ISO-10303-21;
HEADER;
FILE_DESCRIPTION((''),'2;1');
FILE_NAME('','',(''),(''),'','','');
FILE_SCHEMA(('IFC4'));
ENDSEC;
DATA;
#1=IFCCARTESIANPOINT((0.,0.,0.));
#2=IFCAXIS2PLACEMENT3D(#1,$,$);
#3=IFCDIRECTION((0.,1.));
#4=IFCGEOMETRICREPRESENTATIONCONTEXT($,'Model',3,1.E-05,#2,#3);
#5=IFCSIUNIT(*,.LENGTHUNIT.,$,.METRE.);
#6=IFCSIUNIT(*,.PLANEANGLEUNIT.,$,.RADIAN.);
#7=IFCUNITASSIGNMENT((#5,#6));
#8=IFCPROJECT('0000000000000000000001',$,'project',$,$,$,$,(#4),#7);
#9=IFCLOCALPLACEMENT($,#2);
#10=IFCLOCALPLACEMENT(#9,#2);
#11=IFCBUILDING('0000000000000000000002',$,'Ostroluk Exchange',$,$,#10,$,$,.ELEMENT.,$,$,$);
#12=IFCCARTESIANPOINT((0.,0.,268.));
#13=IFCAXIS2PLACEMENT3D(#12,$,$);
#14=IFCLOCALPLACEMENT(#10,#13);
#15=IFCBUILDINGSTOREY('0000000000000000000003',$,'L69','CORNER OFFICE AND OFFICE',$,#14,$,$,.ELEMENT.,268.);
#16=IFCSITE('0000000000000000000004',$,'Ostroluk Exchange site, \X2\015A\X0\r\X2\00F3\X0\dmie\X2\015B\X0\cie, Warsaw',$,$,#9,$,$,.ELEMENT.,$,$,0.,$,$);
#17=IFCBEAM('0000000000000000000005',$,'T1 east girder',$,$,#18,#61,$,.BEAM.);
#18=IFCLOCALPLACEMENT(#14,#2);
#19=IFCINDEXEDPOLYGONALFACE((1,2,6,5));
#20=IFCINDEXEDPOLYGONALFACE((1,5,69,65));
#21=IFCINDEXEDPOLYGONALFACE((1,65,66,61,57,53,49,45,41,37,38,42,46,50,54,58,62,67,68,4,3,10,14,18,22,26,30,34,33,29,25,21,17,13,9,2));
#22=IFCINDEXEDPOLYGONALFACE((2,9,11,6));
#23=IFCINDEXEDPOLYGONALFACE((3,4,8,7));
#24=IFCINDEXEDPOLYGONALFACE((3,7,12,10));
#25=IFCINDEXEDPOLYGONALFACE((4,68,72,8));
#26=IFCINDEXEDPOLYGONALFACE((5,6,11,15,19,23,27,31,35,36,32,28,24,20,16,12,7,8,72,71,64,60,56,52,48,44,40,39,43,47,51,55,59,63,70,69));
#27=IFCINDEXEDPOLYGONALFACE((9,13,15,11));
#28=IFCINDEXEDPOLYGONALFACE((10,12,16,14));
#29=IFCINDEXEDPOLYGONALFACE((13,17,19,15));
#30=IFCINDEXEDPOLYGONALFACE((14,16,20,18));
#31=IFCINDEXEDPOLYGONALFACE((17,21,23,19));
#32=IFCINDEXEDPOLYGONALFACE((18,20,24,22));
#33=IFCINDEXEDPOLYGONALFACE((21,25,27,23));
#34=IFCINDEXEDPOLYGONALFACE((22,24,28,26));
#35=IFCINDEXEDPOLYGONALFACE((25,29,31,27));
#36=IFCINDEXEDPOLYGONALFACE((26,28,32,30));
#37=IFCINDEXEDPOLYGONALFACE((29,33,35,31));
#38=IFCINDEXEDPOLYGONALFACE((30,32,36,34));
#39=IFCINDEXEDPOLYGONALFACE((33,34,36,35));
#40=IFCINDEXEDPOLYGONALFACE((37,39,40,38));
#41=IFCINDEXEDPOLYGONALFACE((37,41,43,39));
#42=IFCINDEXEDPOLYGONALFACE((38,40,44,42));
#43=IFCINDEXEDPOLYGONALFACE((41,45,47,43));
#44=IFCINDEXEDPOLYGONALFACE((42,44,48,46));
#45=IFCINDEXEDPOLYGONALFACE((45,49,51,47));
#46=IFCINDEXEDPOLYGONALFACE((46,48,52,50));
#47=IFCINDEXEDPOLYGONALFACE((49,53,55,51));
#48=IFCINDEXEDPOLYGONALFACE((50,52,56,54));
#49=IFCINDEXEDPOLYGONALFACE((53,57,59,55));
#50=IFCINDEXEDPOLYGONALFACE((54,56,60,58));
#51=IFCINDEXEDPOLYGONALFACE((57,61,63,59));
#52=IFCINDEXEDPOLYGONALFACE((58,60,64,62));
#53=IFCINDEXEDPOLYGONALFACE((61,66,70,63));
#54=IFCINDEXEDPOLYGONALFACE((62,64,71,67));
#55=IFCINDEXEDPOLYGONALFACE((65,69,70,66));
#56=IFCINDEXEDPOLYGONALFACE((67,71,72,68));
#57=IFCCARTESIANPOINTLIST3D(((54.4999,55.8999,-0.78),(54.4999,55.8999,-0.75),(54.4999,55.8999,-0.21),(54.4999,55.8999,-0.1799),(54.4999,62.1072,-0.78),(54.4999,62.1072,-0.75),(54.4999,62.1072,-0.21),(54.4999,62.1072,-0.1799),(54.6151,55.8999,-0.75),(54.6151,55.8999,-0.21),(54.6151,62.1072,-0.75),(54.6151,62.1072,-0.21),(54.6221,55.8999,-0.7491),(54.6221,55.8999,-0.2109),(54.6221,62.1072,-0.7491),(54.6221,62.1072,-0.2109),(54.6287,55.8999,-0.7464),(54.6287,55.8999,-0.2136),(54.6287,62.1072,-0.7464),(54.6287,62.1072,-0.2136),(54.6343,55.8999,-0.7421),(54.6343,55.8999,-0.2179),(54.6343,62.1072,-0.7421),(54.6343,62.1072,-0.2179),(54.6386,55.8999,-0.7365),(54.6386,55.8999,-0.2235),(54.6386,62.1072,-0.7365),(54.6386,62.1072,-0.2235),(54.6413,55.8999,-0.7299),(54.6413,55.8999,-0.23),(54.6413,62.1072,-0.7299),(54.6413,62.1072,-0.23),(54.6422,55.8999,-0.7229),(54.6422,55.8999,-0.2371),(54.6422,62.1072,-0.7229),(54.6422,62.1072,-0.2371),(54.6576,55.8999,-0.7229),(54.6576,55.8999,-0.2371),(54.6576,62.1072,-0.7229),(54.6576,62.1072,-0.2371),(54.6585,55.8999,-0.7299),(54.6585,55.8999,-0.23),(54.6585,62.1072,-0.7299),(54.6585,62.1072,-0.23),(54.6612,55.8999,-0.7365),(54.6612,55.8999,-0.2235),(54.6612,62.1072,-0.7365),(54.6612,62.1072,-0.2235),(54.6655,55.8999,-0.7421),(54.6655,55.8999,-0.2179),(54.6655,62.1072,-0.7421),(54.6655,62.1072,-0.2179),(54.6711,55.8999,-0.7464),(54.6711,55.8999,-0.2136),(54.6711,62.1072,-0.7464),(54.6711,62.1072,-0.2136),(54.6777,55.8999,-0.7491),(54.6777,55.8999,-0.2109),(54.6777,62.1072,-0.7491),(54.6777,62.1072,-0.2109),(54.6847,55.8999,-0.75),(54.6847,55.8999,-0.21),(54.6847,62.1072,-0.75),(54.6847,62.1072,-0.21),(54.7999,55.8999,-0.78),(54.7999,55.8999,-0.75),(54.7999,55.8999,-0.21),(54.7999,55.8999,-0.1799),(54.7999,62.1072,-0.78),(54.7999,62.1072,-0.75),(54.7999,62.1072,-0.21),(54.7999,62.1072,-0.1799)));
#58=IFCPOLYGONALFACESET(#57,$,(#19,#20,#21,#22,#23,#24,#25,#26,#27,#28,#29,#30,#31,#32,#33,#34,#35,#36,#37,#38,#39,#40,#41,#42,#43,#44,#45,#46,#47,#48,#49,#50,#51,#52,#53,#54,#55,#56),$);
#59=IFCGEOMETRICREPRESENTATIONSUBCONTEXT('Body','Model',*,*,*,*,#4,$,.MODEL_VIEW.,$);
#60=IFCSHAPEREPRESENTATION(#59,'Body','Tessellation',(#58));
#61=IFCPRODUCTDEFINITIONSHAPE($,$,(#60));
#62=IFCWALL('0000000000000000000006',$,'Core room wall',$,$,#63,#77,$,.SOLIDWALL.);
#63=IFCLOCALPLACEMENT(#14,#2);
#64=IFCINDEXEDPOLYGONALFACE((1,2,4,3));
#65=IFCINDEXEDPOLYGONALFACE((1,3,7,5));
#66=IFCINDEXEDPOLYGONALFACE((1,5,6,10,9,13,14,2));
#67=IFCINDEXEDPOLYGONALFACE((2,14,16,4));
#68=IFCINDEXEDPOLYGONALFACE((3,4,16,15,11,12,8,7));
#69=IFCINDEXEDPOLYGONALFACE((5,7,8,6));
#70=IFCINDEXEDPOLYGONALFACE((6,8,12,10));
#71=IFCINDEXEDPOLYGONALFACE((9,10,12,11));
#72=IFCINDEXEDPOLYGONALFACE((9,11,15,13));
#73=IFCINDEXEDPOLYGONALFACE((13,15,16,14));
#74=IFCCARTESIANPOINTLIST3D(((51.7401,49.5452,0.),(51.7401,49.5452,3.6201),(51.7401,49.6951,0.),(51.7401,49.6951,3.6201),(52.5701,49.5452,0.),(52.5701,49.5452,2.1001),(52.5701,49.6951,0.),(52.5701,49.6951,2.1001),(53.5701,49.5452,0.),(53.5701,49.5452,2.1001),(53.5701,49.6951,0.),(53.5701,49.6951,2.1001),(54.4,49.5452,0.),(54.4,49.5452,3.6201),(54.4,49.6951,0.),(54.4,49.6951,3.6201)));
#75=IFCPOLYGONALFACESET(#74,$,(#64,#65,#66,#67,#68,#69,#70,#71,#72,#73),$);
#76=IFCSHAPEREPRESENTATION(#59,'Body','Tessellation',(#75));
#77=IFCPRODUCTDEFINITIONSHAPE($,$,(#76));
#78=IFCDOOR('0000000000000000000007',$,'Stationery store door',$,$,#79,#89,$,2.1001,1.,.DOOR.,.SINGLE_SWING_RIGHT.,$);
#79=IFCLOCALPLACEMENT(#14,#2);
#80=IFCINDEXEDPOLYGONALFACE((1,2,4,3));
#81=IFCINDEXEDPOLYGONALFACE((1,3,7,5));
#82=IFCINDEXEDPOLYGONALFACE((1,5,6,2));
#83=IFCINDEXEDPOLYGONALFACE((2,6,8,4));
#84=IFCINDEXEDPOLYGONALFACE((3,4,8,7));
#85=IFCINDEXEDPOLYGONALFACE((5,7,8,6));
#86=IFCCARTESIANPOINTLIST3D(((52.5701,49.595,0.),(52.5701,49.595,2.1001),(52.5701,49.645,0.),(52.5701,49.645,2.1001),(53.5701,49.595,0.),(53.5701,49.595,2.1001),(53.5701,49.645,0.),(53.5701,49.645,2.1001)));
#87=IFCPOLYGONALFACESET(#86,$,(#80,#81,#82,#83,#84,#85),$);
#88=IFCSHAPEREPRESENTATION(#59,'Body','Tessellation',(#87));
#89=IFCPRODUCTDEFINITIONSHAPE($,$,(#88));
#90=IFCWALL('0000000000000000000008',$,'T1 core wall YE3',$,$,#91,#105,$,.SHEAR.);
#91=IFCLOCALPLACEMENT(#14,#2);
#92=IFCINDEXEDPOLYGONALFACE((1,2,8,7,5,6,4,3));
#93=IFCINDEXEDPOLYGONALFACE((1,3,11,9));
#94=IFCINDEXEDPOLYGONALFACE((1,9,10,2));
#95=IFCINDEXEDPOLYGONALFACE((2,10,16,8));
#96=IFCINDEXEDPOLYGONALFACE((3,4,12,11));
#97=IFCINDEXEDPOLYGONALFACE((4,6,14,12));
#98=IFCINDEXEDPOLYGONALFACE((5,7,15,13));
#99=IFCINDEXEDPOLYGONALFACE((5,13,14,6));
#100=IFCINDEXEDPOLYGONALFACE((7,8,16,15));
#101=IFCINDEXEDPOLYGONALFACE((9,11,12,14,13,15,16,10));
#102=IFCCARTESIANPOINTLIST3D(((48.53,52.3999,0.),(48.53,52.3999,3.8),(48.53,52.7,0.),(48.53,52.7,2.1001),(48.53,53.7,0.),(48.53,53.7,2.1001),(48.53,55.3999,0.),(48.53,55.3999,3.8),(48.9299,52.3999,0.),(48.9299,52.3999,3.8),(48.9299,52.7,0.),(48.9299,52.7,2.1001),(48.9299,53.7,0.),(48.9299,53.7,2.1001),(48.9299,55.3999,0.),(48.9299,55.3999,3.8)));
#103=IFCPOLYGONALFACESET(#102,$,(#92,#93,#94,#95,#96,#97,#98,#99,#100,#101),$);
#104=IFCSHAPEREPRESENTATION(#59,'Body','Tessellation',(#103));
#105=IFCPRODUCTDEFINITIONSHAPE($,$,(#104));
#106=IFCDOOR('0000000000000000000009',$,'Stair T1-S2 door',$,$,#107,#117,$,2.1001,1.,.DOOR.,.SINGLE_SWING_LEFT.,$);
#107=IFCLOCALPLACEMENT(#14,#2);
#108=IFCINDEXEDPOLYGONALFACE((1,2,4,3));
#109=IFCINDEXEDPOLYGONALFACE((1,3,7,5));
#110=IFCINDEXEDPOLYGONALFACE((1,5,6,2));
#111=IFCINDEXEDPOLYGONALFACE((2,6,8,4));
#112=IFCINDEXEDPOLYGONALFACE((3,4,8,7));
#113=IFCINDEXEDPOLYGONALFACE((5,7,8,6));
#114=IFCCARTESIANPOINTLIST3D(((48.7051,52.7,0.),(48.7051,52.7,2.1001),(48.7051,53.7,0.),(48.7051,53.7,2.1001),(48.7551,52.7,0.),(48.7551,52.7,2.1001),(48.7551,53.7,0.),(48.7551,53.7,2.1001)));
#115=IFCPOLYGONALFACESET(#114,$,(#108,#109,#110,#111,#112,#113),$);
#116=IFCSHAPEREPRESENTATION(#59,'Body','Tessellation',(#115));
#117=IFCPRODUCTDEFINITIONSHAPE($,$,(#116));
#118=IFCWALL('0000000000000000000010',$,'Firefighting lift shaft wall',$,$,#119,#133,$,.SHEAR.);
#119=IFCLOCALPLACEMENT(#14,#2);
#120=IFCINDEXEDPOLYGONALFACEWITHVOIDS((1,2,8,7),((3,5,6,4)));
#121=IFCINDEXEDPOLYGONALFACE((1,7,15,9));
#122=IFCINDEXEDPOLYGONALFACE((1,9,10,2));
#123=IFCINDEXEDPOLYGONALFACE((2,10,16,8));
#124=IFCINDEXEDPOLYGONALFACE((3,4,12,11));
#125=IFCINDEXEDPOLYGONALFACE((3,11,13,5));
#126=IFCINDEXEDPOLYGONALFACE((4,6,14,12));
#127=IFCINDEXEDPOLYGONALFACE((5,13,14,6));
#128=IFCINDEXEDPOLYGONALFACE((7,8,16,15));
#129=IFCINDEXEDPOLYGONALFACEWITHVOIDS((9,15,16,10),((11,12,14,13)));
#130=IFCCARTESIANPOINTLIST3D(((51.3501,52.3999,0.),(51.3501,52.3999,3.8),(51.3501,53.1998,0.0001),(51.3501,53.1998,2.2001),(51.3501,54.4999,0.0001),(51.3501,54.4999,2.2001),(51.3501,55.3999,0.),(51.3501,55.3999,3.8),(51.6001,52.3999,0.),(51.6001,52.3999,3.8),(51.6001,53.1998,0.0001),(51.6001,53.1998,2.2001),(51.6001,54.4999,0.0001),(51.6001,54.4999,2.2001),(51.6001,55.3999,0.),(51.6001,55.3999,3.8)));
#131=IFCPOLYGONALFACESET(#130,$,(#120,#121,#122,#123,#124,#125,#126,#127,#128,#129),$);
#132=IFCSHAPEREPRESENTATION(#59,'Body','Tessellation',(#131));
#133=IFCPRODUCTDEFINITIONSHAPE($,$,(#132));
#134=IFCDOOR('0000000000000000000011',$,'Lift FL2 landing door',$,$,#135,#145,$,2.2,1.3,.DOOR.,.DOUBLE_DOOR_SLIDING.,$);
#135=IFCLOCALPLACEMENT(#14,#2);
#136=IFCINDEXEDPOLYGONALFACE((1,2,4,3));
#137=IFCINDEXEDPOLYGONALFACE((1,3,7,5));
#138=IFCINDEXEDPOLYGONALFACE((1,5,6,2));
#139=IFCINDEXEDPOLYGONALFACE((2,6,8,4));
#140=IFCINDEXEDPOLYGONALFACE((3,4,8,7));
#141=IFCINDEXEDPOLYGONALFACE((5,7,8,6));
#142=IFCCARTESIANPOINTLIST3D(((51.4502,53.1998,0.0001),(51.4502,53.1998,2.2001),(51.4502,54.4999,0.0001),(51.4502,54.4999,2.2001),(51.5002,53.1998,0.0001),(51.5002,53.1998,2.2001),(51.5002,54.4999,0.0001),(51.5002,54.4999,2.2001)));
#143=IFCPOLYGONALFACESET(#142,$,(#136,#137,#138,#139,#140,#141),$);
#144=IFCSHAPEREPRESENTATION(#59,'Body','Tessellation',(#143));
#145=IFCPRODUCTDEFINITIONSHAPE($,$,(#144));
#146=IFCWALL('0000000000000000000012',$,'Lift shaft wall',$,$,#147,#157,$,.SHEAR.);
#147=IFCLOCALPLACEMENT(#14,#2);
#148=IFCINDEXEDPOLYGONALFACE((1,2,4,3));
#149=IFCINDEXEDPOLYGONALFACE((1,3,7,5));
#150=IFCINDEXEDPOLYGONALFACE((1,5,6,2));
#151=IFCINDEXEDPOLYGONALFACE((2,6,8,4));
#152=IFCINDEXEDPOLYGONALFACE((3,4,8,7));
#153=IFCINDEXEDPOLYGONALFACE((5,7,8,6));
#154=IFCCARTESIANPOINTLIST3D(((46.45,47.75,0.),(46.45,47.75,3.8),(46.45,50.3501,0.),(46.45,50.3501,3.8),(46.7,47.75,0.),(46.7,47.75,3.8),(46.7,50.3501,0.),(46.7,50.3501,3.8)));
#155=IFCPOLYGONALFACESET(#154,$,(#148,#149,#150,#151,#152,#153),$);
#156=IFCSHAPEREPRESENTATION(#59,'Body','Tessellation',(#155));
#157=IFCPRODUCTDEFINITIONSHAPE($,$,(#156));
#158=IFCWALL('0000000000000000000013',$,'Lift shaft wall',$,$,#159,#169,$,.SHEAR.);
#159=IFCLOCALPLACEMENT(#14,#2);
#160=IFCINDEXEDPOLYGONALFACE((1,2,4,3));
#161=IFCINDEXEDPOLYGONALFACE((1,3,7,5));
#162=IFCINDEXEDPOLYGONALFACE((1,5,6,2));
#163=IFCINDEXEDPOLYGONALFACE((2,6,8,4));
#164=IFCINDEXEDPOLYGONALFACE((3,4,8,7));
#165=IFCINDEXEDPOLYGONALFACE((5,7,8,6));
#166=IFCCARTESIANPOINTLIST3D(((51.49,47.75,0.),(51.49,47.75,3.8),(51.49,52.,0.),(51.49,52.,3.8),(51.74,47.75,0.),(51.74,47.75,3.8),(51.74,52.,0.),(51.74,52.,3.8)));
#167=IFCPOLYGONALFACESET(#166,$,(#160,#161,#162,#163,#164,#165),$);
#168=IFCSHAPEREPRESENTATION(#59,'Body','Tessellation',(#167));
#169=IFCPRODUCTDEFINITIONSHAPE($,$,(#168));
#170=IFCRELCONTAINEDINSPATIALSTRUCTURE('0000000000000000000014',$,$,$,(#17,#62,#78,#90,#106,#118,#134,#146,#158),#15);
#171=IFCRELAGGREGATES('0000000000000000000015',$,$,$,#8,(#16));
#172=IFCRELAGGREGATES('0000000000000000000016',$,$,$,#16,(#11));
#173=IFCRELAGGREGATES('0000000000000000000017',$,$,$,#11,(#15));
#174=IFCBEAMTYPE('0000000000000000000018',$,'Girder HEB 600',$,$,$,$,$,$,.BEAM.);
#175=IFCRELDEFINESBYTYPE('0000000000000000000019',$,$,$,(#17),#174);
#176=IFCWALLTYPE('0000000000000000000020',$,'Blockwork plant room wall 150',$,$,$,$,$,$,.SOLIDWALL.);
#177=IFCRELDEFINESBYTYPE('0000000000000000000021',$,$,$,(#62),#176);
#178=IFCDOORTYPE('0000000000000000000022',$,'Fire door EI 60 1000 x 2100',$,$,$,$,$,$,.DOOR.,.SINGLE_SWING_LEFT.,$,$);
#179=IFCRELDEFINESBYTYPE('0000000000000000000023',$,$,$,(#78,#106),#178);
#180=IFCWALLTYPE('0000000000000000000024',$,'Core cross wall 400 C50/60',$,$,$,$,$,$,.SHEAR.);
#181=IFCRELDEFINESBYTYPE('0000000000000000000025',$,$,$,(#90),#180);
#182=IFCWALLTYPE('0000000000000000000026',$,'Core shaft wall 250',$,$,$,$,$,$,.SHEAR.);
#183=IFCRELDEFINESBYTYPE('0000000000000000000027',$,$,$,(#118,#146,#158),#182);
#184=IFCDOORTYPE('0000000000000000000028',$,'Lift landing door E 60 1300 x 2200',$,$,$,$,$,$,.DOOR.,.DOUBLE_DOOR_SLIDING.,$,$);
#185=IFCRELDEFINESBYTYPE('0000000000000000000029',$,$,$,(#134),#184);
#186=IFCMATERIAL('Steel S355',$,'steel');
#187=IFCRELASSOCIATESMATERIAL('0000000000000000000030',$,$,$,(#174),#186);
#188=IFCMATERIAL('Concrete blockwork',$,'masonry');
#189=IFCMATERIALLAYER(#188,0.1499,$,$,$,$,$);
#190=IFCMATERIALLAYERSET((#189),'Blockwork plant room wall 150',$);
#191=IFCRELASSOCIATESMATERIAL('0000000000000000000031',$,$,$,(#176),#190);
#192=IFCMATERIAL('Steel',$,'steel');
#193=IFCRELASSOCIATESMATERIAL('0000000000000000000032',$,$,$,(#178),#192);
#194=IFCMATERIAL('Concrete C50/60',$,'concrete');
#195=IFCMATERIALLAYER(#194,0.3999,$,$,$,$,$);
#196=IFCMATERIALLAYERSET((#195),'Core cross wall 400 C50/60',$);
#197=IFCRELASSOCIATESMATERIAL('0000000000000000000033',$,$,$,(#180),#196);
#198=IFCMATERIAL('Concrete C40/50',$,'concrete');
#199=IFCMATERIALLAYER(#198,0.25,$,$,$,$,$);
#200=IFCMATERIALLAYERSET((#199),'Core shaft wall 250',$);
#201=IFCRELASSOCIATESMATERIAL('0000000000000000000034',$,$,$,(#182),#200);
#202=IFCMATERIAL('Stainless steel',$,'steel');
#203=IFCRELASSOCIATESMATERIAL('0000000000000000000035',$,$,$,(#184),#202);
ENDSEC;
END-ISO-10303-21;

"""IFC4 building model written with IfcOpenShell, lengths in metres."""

from ifc_helpers import new_model, si_unit, direction, frame, frame_2d, origin, origin_2d, place, context, subcontext, project, spatial, rectangle, i_section, extrude, material, layer, layer_set, material_profile, profile_set, type_object, element, fill, save


model = new_model("IFC4")

# Units and contexts
model_context = context("Model", 3, precision=1e-05, world=origin(), true_north=direction((0.0, 1.0)))
body_context = subcontext(model_context, "Body", "Model", "MODEL_VIEW")
ifc_project = project(units=[si_unit("LENGTHUNIT", "METRE"), si_unit("PLANEANGLEUNIT", "RADIAN")], contexts=[model_context])

# Site, building, storey
site_placement = place(None, origin())
site = spatial("IfcSite", under=ifc_project, at=site_placement, Name="Ostroluk Exchange site, Śródmieście, Warsaw", CompositionType="ELEMENT", RefElevation=0.0)
building_placement = place(site_placement, origin())
building = spatial("IfcBuilding", under=site, at=building_placement, Name="Ostroluk Exchange", CompositionType="ELEMENT")
storey_placement = place(building_placement, frame((0.0, 0.0, 268.0)))
storey = spatial("IfcBuildingStorey", under=building, at=storey_placement, Name="L69", Description="CORNER OFFICE AND OFFICE", CompositionType="ELEMENT", Elevation=268.0)

# Beam
ifc_material_1 = material(Name="Steel S355", Category="steel")
ifc_material_profile_1 = material_profile(ifc_material_1, i_section(OverallWidth=0.3, OverallDepth=0.6001, WebThickness=0.0154, FlangeThickness=0.03, FilletRadius=0.0271, at=origin_2d()), Name="HEB 600")
ifc_profile_set_1 = profile_set([ifc_material_profile_1], Name="Steel S355")
beam_type_1 = type_object("IfcBeamType", Name="Girder HEB 600", PredefinedType="BEAM", material=ifc_profile_set_1)
beam_placement = place(storey_placement, frame((54.6499, 55.8999, -0.48), z_axis=(0.0, 1.0, 0.0), x_axis=(-1.0, 0.0, 0.0)))
element("IfcBeam", 1, at=beam_placement, inside=storey, type_object=beam_type_1, Name="T1 east girder", PredefinedType="BEAM", context=body_context, shape_type="SweptSolid", body=[
    extrude(i_section(OverallWidth=0.3, OverallDepth=0.6001, WebThickness=0.0154, FlangeThickness=0.03, FilletRadius=0.0271, at=origin_2d()), origin(), (0.0, 0.0, 1.0), 6.2073),
])

# Walls, openings, doors
ifc_material_2 = material(Name="Concrete blockwork", Category="masonry")
ifc_layer_1 = layer(ifc_material_2, 0.1499)
ifc_layer_set_1 = layer_set([ifc_layer_1], Name="Blockwork plant room wall 150")
wall_type_1 = type_object("IfcWallType", Name="Blockwork plant room wall 150", PredefinedType="SOLIDWALL", material=ifc_layer_set_1)
wall_1_placement = place(storey_placement, frame((51.74, 49.6201, 0.0), z_axis=(0.0, 0.0, 1.0), x_axis=(1.0, 0.0, 0.0)))
wall_1 = element("IfcWall", 2, at=wall_1_placement, inside=storey, type_object=wall_type_1, Name="Core room wall", PredefinedType="SOLIDWALL", context=body_context, shape_type="SweptSolid", body=[
    extrude(rectangle(XDim=2.6599, YDim=0.1499, at=frame_2d((1.3301, 0.0))), origin(), (0.0, 0.0, 1.0), 3.6201),
])
opening_1_placement = place(wall_1_placement, frame((0.8301, 0.0, 0.0)))
opening_1 = element("IfcOpeningElement", 3, at=opening_1_placement, cuts=wall_1, PredefinedType="OPENING", context=body_context, shape_type="SweptSolid", body=[
    extrude(rectangle(XDim=1.0, YDim=2.1001, at=frame_2d((0.5, 1.05))), frame((0.0, 0.085, 0.0), z_axis=(0.0, -1.0, 0.0), x_axis=(1.0, 0.0, 0.0)), (0.0, 0.0, 1.0), 0.1699),
])
ifc_material_3 = material(Name="Steel", Category="steel")
door_type_1 = type_object("IfcDoorType", Name="Fire door EI 60 1000 x 2100", OperationType="SINGLE_SWING_LEFT", PredefinedType="DOOR", material=ifc_material_3)
door_1_placement = place(opening_1_placement, origin())
door_1 = element("IfcDoor", 4, at=door_1_placement, inside=storey, type_object=door_type_1, Name="Stationery store door", OperationType="SINGLE_SWING_RIGHT", OverallHeight=2.1001, OverallWidth=1.0, PredefinedType="DOOR", context=body_context, shape_type="SweptSolid", body=[
    extrude(rectangle(XDim=1.0, YDim=2.1001, at=frame_2d((0.5, 1.05))), frame((0.0, 0.0249, 0.0), z_axis=(0.0, -1.0, 0.0), x_axis=(1.0, 0.0, 0.0)), (0.0, 0.0, 1.0), 0.05),
])
fill(opening_1, door_1)
ifc_material_4 = material(Name="Concrete C50/60", Category="concrete")
ifc_layer_2 = layer(ifc_material_4, 0.3999)
ifc_layer_set_2 = layer_set([ifc_layer_2], Name="Core cross wall 400 C50/60")
wall_type_2 = type_object("IfcWallType", Name="Core cross wall 400 C50/60", PredefinedType="SHEAR", material=ifc_layer_set_2)
wall_2_placement = place(storey_placement, frame((48.73, 52.3999, 0.0), z_axis=(0.0, 0.0, 1.0), x_axis=(0.0, 1.0, 0.0)))
wall_2 = element("IfcWall", 5, at=wall_2_placement, inside=storey, type_object=wall_type_2, Name="T1 core wall YE3", PredefinedType="SHEAR", context=body_context, shape_type="SweptSolid", body=[
    extrude(rectangle(XDim=3.0, YDim=0.3999, at=frame_2d((1.5, 0.0))), origin(), (0.0, 0.0, 1.0), 3.8),
])
opening_2_placement = place(wall_2_placement, frame((0.3, 0.0, 0.0)))
opening_2 = element("IfcOpeningElement", 6, at=opening_2_placement, cuts=wall_2, PredefinedType="OPENING", context=body_context, shape_type="SweptSolid", body=[
    extrude(rectangle(XDim=1.0, YDim=2.1001, at=frame_2d((0.5, 1.05))), frame((0.0, 0.21, 0.0), z_axis=(0.0, -1.0, 0.0), x_axis=(1.0, 0.0, 0.0)), (0.0, 0.0, 1.0), 0.4199),
])
door_2_placement = place(opening_2_placement, origin())
door_2 = element("IfcDoor", 7, at=door_2_placement, inside=storey, type_object=door_type_1, Name="Stair T1-S2 door", OperationType="SINGLE_SWING_LEFT", OverallHeight=2.1001, OverallWidth=1.0, PredefinedType="DOOR", context=body_context, shape_type="SweptSolid", body=[
    extrude(rectangle(XDim=1.0, YDim=2.1001, at=frame_2d((0.5, 1.05))), frame((0.0, 0.0249, 0.0), z_axis=(0.0, -1.0, 0.0), x_axis=(1.0, 0.0, 0.0)), (0.0, 0.0, 1.0), 0.05),
])
fill(opening_2, door_2)
ifc_material_5 = material(Name="Concrete C40/50", Category="concrete")
ifc_layer_3 = layer(ifc_material_5, 0.25)
ifc_layer_set_3 = layer_set([ifc_layer_3], Name="Core shaft wall 250")
wall_type_3 = type_object("IfcWallType", Name="Core shaft wall 250", PredefinedType="SHEAR", material=ifc_layer_set_3)
wall_3_placement = place(storey_placement, frame((51.4751, 52.3999, 0.0), z_axis=(0.0, 0.0, 1.0), x_axis=(0.0, 1.0, 0.0)))
wall_3 = element("IfcWall", 8, at=wall_3_placement, inside=storey, type_object=wall_type_3, Name="Firefighting lift shaft wall", PredefinedType="SHEAR", context=body_context, shape_type="SweptSolid", body=[
    extrude(rectangle(XDim=3.0, YDim=0.25, at=frame_2d((1.5, 0.0))), origin(), (0.0, 0.0, 1.0), 3.8),
])
opening_3_placement = place(wall_3_placement, frame((0.8, 0.0, 0.0)))
opening_3 = element("IfcOpeningElement", 9, at=opening_3_placement, cuts=wall_3, PredefinedType="OPENING", context=body_context, shape_type="SweptSolid", body=[
    extrude(rectangle(XDim=1.3, YDim=2.2, at=frame_2d((0.6499, 1.1001))), frame((0.0, 0.135, 0.0), z_axis=(0.0, -1.0, 0.0), x_axis=(1.0, 0.0, 0.0)), (0.0, 0.0, 1.0), 0.27),
])
ifc_material_6 = material(Name="Stainless steel", Category="steel")
door_type_2 = type_object("IfcDoorType", Name="Lift landing door E 60 1300 x 2200", OperationType="DOUBLE_DOOR_SLIDING", PredefinedType="DOOR", material=ifc_material_6)
door_3_placement = place(opening_3_placement, origin())
door_3 = element("IfcDoor", 10, at=door_3_placement, inside=storey, type_object=door_type_2, Name="Lift FL2 landing door", OperationType="DOUBLE_DOOR_SLIDING", OverallHeight=2.2, OverallWidth=1.3, PredefinedType="DOOR", context=body_context, shape_type="SweptSolid", body=[
    extrude(rectangle(XDim=1.3, YDim=2.2, at=frame_2d((0.6499, 1.1001))), frame((0.0, 0.0249, 0.0), z_axis=(0.0, -1.0, 0.0), x_axis=(1.0, 0.0, 0.0)), (0.0, 0.0, 1.0), 0.05),
])
fill(opening_3, door_3)

# Walls
wall_4_placement = place(storey_placement, frame((46.575, 47.75, 0.0), z_axis=(0.0, 0.0, 1.0), x_axis=(0.0, 1.0, 0.0)))
element("IfcWall", 11, at=wall_4_placement, inside=storey, type_object=wall_type_3, Name="Lift shaft wall", PredefinedType="SHEAR", context=body_context, shape_type="SweptSolid", body=[
    extrude(rectangle(XDim=2.6001, YDim=0.25, at=frame_2d((1.3, 0.0))), origin(), (0.0, 0.0, 1.0), 3.8),
])
wall_5_placement = place(storey_placement, frame((51.615, 47.75, 0.0), z_axis=(0.0, 0.0, 1.0), x_axis=(0.0, 1.0, 0.0)))
element("IfcWall", 12, at=wall_5_placement, inside=storey, type_object=wall_type_3, Name="Lift shaft wall", PredefinedType="SHEAR", context=body_context, shape_type="SweptSolid", body=[
    extrude(rectangle(XDim=4.25, YDim=0.25, at=frame_2d((2.125, 0.0))), origin(), (0.0, 0.0, 1.0), 3.8),
])

save(model, "model.ifc")
